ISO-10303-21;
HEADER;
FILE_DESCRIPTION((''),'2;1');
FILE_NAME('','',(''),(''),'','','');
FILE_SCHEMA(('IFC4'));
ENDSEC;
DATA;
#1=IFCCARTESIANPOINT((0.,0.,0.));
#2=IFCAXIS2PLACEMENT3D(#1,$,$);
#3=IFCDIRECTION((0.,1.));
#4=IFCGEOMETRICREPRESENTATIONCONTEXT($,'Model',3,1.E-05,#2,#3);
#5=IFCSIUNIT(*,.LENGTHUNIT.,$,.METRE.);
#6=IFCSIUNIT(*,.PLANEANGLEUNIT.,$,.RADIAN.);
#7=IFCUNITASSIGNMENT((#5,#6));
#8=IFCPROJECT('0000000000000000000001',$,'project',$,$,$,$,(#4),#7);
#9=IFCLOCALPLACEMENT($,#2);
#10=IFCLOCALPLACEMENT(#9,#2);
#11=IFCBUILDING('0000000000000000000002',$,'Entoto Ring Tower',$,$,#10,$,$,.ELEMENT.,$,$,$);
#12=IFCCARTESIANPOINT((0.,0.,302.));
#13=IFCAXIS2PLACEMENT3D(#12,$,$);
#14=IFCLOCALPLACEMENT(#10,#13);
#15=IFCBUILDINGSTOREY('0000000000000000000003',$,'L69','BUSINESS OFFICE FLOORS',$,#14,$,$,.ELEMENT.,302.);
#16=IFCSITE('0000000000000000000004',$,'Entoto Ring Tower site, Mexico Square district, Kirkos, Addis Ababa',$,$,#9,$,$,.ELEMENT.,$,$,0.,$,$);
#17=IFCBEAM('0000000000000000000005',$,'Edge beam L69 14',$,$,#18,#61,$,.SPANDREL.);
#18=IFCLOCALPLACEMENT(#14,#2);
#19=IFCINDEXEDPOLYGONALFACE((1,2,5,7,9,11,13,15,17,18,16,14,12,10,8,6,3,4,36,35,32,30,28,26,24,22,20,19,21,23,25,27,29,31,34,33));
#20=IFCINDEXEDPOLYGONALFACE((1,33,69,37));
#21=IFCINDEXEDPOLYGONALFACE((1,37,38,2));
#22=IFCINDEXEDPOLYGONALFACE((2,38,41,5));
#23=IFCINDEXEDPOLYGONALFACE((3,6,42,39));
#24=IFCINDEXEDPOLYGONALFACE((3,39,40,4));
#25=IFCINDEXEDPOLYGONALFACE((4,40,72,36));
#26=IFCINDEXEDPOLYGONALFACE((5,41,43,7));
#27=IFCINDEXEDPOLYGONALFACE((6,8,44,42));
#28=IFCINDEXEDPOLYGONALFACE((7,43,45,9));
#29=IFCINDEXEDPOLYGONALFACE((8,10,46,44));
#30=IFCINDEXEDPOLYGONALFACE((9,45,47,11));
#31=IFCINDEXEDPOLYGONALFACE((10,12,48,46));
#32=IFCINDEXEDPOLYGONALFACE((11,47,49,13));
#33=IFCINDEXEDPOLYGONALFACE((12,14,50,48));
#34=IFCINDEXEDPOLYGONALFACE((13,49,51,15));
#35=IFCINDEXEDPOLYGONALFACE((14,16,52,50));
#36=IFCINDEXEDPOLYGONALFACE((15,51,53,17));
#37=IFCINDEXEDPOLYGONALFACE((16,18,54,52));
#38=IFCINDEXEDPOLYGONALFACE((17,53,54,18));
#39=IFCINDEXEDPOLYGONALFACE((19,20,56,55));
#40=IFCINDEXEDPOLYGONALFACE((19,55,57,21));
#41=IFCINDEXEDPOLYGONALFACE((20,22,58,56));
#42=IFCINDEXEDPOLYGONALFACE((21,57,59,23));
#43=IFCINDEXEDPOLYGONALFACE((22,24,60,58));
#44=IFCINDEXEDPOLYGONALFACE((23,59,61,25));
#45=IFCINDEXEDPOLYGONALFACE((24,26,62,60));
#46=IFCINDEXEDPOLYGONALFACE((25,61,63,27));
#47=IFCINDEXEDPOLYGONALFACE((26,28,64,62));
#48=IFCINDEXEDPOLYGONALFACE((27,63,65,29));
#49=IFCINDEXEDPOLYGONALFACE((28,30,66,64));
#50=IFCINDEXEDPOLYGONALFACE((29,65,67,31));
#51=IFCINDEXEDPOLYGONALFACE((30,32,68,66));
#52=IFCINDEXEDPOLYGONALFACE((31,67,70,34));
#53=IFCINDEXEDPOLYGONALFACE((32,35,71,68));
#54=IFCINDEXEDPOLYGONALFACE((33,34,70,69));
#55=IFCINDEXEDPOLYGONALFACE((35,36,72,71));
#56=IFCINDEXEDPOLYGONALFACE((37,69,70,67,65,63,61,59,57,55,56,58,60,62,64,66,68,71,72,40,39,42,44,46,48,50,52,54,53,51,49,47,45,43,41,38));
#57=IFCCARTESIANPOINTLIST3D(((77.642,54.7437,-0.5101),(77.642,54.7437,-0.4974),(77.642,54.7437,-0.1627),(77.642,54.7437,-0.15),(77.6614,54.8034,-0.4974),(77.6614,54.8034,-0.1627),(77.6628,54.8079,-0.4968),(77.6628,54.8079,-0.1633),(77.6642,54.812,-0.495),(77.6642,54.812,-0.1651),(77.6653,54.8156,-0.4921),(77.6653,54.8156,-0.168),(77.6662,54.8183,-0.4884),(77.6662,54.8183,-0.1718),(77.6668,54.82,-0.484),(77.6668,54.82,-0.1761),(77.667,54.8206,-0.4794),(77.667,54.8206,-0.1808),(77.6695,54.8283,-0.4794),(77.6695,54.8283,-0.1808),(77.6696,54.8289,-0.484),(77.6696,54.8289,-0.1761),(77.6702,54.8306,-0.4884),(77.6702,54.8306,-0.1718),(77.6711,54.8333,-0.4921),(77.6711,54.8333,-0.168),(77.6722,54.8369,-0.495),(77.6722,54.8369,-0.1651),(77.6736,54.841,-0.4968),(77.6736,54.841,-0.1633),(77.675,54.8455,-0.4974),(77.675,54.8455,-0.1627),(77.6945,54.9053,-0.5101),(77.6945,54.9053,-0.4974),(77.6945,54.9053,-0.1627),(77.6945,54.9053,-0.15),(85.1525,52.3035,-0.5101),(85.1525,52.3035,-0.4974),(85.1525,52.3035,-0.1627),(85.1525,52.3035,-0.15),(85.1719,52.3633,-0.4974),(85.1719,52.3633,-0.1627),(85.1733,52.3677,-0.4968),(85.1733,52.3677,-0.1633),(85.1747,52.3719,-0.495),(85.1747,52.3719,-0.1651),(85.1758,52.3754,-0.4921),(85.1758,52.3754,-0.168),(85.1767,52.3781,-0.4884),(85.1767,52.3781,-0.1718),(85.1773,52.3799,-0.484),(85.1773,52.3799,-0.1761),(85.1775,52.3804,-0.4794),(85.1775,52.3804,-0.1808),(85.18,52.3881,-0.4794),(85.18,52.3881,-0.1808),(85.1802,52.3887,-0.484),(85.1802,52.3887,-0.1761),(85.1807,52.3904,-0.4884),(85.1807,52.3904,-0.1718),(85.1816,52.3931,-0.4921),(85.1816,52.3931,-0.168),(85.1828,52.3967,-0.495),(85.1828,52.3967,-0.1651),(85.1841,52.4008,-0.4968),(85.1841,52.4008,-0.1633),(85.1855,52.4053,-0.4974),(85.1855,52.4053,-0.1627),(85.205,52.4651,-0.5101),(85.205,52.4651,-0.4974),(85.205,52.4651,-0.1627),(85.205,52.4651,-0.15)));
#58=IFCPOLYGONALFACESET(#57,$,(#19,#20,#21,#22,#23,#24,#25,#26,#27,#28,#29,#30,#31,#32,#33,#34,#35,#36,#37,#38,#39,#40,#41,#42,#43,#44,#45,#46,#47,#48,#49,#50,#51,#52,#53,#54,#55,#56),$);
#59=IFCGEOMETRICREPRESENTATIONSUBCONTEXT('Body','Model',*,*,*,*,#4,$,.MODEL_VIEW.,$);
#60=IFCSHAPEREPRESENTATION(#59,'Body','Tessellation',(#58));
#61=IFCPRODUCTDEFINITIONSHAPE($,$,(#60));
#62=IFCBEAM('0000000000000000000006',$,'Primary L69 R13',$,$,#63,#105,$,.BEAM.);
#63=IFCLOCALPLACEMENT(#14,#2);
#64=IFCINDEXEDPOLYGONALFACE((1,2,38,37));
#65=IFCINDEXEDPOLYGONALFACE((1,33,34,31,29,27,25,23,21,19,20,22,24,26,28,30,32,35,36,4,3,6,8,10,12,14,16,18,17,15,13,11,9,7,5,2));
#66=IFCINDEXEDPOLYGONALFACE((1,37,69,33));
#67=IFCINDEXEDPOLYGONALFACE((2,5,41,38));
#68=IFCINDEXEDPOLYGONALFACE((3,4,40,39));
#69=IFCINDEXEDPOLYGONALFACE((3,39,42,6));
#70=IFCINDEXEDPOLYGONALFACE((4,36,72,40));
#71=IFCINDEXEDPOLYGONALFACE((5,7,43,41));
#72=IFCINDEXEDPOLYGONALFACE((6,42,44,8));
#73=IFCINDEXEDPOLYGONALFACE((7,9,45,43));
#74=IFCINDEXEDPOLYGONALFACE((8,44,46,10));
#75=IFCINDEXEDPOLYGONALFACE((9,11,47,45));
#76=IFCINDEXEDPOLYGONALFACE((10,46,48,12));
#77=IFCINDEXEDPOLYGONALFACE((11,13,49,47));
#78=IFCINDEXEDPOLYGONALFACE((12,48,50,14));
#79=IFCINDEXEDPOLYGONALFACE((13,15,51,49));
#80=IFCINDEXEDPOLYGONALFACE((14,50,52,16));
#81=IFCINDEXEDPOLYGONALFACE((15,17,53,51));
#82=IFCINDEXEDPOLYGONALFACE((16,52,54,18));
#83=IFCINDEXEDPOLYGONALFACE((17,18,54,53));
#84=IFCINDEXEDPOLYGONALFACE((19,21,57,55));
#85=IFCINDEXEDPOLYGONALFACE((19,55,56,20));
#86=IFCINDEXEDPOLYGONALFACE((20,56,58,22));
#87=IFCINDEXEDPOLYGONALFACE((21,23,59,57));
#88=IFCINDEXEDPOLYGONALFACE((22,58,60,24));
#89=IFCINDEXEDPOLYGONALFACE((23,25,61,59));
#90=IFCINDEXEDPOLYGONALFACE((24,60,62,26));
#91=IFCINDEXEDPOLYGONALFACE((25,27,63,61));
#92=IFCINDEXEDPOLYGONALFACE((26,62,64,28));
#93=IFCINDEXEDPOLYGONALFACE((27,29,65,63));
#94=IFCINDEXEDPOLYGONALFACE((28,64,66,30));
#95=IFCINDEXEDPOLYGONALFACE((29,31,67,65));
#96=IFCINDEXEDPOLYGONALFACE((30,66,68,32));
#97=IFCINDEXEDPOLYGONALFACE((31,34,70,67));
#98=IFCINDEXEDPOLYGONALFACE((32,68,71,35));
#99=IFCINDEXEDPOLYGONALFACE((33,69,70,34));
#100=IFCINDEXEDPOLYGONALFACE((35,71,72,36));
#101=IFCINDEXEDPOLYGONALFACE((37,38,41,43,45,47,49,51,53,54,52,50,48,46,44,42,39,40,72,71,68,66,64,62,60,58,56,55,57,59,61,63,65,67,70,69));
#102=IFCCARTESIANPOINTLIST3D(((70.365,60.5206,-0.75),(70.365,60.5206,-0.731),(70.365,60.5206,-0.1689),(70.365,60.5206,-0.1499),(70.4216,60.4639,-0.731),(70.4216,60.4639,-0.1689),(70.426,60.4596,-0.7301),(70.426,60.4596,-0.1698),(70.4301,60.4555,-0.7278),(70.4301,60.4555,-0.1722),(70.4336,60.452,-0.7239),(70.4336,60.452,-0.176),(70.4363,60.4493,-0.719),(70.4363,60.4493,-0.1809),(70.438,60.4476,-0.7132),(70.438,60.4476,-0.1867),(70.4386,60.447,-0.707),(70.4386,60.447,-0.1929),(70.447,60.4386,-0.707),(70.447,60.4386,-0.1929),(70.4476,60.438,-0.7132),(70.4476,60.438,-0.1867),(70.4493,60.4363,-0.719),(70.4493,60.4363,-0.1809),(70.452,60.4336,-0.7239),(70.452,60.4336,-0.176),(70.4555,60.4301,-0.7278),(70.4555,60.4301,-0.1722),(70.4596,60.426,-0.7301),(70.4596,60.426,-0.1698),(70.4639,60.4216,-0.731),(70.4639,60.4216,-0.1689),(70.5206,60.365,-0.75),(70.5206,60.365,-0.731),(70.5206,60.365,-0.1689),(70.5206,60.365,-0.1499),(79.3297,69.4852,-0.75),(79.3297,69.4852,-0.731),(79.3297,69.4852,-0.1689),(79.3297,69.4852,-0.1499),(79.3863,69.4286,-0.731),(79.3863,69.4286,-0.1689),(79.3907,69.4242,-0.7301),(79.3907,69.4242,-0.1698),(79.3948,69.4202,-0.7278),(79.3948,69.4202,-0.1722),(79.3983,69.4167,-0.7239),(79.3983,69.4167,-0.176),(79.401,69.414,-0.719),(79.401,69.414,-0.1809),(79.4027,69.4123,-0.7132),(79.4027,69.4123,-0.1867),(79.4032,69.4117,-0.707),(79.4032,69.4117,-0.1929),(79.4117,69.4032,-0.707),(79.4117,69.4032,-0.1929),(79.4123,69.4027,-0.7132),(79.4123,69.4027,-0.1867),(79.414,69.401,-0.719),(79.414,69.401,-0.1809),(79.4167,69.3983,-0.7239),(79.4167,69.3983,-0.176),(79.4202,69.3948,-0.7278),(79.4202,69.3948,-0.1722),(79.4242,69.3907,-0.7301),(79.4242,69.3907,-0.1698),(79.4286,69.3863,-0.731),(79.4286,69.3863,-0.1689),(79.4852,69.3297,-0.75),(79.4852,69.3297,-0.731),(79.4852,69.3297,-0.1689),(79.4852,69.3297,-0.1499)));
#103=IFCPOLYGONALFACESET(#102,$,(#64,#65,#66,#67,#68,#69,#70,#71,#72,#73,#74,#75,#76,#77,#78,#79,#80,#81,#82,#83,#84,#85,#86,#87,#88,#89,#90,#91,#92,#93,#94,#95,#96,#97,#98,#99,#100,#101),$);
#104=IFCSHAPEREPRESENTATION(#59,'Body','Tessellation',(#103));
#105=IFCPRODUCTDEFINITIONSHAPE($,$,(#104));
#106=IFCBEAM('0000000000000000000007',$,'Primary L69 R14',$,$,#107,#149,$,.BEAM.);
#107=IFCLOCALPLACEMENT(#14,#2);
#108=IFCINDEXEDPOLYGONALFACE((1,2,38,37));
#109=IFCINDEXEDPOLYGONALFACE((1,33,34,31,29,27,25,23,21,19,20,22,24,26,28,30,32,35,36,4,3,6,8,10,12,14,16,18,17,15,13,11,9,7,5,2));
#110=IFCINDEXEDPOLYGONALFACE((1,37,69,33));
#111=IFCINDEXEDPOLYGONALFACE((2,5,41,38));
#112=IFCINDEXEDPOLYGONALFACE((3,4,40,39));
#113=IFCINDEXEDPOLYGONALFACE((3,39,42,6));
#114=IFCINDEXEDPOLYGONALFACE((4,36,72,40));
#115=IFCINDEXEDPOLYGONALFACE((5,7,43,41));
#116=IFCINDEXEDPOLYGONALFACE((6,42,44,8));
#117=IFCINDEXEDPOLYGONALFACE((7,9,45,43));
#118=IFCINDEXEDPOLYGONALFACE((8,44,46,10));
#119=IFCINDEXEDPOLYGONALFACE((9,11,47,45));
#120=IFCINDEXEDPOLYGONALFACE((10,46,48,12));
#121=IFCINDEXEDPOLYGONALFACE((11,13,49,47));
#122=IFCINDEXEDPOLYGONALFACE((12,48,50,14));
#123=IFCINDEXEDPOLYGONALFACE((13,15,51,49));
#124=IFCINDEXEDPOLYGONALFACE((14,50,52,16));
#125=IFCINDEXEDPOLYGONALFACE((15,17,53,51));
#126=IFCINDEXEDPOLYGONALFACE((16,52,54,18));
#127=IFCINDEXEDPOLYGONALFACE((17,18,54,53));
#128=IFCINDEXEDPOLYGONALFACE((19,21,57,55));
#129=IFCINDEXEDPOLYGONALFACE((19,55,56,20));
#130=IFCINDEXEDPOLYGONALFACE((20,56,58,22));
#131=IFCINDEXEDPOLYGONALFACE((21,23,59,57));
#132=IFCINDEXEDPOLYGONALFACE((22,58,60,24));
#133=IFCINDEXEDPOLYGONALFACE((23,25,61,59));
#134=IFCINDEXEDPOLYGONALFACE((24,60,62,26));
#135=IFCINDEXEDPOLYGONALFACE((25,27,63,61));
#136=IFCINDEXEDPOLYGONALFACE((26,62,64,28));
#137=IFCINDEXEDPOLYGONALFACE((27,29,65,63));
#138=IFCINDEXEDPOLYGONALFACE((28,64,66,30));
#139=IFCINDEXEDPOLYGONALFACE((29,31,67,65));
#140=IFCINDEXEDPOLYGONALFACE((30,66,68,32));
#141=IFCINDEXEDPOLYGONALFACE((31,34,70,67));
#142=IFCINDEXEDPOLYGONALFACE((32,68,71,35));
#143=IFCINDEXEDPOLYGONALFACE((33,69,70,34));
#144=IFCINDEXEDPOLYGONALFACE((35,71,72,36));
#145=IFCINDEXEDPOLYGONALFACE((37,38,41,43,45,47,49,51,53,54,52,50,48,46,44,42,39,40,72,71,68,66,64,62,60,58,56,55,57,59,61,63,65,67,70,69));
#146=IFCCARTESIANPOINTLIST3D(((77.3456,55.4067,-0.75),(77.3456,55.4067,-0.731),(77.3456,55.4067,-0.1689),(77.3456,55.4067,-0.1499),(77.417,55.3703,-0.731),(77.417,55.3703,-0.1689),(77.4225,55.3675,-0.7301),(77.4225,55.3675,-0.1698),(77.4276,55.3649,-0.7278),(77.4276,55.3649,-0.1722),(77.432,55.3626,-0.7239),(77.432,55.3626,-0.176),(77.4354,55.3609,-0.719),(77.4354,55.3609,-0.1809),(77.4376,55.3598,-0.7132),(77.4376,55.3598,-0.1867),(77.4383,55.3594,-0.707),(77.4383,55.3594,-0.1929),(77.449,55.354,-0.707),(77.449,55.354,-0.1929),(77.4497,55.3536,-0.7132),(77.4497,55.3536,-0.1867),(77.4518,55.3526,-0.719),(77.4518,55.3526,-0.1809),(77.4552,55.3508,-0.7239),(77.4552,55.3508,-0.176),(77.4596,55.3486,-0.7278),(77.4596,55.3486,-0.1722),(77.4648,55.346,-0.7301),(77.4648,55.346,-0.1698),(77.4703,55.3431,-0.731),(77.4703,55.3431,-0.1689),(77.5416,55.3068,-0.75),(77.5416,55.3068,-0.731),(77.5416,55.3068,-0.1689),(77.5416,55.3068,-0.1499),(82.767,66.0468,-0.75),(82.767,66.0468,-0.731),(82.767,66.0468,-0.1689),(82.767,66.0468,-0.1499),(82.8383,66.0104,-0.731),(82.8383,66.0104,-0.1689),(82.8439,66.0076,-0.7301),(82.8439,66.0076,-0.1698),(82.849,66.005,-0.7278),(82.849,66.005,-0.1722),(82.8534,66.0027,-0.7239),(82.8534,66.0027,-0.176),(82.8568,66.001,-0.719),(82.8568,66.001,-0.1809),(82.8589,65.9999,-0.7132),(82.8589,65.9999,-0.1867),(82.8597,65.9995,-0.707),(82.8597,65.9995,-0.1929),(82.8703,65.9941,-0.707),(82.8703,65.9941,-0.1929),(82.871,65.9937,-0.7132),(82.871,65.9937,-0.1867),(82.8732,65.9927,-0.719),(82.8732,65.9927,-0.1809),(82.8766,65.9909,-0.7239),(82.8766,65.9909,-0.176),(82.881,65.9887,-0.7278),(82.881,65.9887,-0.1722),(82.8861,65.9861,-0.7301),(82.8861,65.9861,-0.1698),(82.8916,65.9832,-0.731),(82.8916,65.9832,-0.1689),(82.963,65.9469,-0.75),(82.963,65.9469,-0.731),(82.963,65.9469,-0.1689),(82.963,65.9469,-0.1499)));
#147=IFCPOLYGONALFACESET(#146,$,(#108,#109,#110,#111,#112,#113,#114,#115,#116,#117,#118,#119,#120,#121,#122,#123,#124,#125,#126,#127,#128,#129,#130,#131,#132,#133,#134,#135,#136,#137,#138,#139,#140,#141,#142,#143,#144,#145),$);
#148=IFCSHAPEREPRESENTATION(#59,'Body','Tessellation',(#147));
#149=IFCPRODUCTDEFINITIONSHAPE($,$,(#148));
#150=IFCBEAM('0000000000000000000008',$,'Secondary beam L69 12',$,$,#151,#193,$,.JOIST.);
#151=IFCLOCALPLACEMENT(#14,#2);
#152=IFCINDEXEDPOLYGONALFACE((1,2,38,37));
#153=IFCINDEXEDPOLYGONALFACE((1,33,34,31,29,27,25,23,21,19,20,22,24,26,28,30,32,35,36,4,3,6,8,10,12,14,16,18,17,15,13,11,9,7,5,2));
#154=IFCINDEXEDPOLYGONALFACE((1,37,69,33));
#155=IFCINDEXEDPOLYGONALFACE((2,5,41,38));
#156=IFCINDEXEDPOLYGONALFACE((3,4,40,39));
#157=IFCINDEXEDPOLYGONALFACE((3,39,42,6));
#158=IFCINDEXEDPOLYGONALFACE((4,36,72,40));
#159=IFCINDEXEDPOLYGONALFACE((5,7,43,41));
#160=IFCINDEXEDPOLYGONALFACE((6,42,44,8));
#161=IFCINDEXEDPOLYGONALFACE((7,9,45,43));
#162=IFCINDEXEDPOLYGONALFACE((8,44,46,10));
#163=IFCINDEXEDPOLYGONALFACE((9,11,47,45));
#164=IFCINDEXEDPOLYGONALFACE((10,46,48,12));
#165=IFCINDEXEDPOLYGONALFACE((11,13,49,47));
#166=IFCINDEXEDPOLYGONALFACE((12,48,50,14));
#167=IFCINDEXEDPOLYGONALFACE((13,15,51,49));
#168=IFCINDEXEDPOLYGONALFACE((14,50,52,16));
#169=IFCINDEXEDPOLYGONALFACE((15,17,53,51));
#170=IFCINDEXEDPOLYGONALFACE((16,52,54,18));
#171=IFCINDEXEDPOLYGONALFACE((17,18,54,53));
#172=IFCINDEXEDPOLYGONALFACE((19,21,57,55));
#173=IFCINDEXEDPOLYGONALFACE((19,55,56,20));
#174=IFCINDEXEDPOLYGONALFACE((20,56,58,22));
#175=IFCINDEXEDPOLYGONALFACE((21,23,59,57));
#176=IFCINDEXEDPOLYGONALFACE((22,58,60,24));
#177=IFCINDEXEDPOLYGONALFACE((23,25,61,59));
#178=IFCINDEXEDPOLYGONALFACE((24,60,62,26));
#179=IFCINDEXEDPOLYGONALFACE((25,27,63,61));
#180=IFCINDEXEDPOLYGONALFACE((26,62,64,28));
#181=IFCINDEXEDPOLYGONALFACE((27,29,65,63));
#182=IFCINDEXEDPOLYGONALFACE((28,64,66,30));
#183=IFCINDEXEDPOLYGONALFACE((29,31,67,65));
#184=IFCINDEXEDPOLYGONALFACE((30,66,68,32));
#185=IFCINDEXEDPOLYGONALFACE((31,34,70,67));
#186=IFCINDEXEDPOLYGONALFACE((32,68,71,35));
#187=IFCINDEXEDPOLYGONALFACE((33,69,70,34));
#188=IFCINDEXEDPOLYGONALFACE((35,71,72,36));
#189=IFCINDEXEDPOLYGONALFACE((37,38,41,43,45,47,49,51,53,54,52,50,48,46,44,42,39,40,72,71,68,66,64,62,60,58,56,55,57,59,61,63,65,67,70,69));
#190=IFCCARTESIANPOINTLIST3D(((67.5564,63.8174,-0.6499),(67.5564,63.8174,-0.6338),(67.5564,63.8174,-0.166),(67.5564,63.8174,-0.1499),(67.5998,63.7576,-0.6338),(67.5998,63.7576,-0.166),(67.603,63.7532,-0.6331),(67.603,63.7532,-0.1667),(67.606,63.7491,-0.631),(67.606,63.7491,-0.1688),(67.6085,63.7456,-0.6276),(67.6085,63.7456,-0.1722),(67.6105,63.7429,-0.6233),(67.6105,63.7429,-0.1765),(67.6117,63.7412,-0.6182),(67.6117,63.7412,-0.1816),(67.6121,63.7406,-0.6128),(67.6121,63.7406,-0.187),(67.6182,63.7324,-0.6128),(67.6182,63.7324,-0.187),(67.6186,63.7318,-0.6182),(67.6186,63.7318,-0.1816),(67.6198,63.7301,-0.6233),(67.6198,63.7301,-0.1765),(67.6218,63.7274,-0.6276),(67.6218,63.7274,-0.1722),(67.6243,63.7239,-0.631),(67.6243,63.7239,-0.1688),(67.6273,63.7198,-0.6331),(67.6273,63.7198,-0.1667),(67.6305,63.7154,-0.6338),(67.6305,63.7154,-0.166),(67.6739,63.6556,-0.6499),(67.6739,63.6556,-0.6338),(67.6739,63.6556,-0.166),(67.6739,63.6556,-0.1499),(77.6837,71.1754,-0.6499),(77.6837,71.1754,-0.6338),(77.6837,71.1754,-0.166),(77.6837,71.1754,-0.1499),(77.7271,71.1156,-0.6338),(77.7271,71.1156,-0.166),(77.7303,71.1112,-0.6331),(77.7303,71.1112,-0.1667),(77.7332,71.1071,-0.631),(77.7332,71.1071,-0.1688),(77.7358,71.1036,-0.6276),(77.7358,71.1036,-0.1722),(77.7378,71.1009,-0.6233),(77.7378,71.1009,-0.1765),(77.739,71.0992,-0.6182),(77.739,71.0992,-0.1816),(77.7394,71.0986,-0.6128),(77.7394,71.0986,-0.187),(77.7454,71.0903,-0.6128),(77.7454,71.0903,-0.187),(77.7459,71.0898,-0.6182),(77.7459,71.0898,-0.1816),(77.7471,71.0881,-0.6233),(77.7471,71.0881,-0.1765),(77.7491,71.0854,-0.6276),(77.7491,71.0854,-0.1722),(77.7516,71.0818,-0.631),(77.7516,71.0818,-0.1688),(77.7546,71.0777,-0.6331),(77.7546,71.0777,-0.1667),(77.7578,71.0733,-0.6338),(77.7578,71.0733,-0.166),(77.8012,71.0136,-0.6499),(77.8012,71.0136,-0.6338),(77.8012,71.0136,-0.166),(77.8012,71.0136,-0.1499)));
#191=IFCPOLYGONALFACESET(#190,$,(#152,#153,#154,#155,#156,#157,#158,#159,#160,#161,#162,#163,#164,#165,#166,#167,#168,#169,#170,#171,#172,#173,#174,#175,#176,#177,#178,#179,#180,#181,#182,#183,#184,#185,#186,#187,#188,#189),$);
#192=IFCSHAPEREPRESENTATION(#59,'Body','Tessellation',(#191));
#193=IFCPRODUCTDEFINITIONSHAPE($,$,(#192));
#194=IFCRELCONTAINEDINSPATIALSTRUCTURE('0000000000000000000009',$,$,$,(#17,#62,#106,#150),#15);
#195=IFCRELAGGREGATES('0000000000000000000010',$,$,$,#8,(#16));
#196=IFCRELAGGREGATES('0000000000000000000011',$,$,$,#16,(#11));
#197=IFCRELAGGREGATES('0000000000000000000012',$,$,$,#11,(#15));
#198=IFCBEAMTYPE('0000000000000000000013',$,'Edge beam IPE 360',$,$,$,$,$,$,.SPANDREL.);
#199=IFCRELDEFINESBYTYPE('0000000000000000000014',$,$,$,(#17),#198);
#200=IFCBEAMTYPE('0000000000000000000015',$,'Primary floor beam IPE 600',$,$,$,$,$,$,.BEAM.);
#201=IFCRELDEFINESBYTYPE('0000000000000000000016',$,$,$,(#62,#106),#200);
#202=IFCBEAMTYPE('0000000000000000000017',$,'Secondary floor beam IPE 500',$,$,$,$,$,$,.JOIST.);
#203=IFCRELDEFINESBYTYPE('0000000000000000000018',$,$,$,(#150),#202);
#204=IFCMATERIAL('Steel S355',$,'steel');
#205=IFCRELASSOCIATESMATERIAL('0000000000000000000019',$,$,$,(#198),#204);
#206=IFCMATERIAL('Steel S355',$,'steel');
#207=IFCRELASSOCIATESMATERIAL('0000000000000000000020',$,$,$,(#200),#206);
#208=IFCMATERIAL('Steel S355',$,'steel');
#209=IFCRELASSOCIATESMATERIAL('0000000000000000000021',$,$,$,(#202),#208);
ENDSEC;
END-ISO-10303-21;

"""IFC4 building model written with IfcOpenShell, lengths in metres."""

from ifc_helpers import new_model, si_unit, direction, frame, origin, origin_2d, place, context, subcontext, project, spatial, i_section, extrude, material, material_profile, profile_set, type_object, element, save


model = new_model("IFC4")

# Units and contexts
model_context = context("Model", 3, precision=1e-05, world=origin(), true_north=direction((0.0, 1.0)))
body_context = subcontext(model_context, "Body", "Model", "MODEL_VIEW")
ifc_project = project(units=[si_unit("LENGTHUNIT", "METRE"), si_unit("PLANEANGLEUNIT", "RADIAN")], contexts=[model_context])

# Site, building, storey
site_placement = place(None, origin())
site = spatial("IfcSite", under=ifc_project, at=site_placement, Name="Entoto Ring Tower site, Mexico Square district, Kirkos, Addis Ababa", CompositionType="ELEMENT", RefElevation=0.0)
building_placement = place(site_placement, origin())
building = spatial("IfcBuilding", under=site, at=building_placement, Name="Entoto Ring Tower", CompositionType="ELEMENT")
storey_placement = place(building_placement, frame((0.0, 0.0, 302.0)))
storey = spatial("IfcBuildingStorey", under=building, at=storey_placement, Name="L69", Description="BUSINESS OFFICE FLOORS", CompositionType="ELEMENT", Elevation=302.0)

# Beams
ifc_material_1 = material(Name="Steel S355", Category="steel")
ifc_material_profile_1 = material_profile(ifc_material_1, i_section(OverallWidth=0.1699, OverallDepth=0.3601, WebThickness=0.0081, FlangeThickness=0.0127, FilletRadius=0.0181, at=origin_2d()), Name="IPE 360")
ifc_profile_set_1 = profile_set([ifc_material_profile_1], Name="Steel S355")
beam_type_1 = type_object("IfcBeamType", Name="Edge beam IPE 360", PredefinedType="SPANDREL", material=ifc_profile_set_1)
beam_1_placement = place(storey_placement, frame((77.6682, 54.8245, -0.3301), z_axis=(0.951061, -0.309003, 0.0), x_axis=(0.309003, 0.951061, 0.0)))
element("IfcBeam", 1, at=beam_1_placement, inside=storey, type_object=beam_type_1, Name="Edge beam L69 14", PredefinedType="SPANDREL", context=body_context, shape_type="SweptSolid", body=[
    extrude(i_section(OverallWidth=0.1699, OverallDepth=0.3601, WebThickness=0.0081, FlangeThickness=0.0127, FilletRadius=0.0181, at=origin_2d()), origin(), (0.0, 0.0, 1.0), 7.897),
])
ifc_material_2 = material(Name="Steel S355", Category="steel")
ifc_material_profile_2 = material_profile(ifc_material_2, i_section(OverallWidth=0.22, OverallDepth=0.6001, WebThickness=0.012, FlangeThickness=0.019, FilletRadius=0.0239, at=origin_2d()), Name="IPE 600")
ifc_profile_set_2 = profile_set([ifc_material_profile_2], Name="Steel S355")
beam_type_2 = type_object("IfcBeamType", Name="Primary floor beam IPE 600", PredefinedType="BEAM", material=ifc_profile_set_2)
beam_2_placement = place(storey_placement, frame((79.4075, 69.4075, -0.45), z_axis=(-0.707107, -0.707107, 0.0), x_axis=(0.707107, -0.707107, 0.0)))
element("IfcBeam", 2, at=beam_2_placement, inside=storey, type_object=beam_type_2, Name="Primary L69 R13", PredefinedType="BEAM", context=body_context, shape_type="SweptSolid", body=[
    extrude(i_section(OverallWidth=0.22, OverallDepth=0.6001, WebThickness=0.012, FlangeThickness=0.019, FilletRadius=0.0239, at=origin_2d()), origin(), (0.0, 0.0, 1.0), 12.678),
])
beam_3_placement = place(storey_placement, frame((82.865, 65.9968, -0.45), z_axis=(-0.453988, -0.891008, 0.0), x_axis=(0.891008, -0.453988, 0.0)))
element("IfcBeam", 3, at=beam_3_placement, inside=storey, type_object=beam_type_2, Name="Primary L69 R14", PredefinedType="BEAM", context=body_context, shape_type="SweptSolid", body=[
    extrude(i_section(OverallWidth=0.22, OverallDepth=0.6001, WebThickness=0.012, FlangeThickness=0.019, FilletRadius=0.0239, at=origin_2d()), origin(), (0.0, 0.0, 1.0), 11.9417),
])
ifc_material_3 = material(Name="Steel S355", Category="steel")
ifc_material_profile_3 = material_profile(ifc_material_3, i_section(OverallWidth=0.2, OverallDepth=0.5, WebThickness=0.0103, FlangeThickness=0.0161, FilletRadius=0.021, at=origin_2d()), Name="IPE 500")
ifc_profile_set_3 = profile_set([ifc_material_profile_3], Name="Steel S355")
beam_type_3 = type_object("IfcBeamType", Name="Secondary floor beam IPE 500", PredefinedType="JOIST", material=ifc_profile_set_3)
for number, where, z_axis, x_axis, name in (
    (4, (77.7424, 71.0945, -0.3999), (-0.809014, -0.587789, 0.0), (0.587789, -0.809014, 0.0), "Secondary beam L69 12"),
):
    element("IfcBeam", number, at=place(storey_placement, frame(where, z_axis=z_axis, x_axis=x_axis)), inside=storey, type_object=beam_type_3, Name=name, PredefinedType="JOIST", context=body_context, shape_type="SweptSolid", body=[
        extrude(i_section(OverallWidth=0.2, OverallDepth=0.5, WebThickness=0.0103, FlangeThickness=0.0161, FilletRadius=0.021, at=origin_2d()), origin(), (0.0, 0.0, 1.0), 12.5181),
    ])

save(model, "model.ifc")
